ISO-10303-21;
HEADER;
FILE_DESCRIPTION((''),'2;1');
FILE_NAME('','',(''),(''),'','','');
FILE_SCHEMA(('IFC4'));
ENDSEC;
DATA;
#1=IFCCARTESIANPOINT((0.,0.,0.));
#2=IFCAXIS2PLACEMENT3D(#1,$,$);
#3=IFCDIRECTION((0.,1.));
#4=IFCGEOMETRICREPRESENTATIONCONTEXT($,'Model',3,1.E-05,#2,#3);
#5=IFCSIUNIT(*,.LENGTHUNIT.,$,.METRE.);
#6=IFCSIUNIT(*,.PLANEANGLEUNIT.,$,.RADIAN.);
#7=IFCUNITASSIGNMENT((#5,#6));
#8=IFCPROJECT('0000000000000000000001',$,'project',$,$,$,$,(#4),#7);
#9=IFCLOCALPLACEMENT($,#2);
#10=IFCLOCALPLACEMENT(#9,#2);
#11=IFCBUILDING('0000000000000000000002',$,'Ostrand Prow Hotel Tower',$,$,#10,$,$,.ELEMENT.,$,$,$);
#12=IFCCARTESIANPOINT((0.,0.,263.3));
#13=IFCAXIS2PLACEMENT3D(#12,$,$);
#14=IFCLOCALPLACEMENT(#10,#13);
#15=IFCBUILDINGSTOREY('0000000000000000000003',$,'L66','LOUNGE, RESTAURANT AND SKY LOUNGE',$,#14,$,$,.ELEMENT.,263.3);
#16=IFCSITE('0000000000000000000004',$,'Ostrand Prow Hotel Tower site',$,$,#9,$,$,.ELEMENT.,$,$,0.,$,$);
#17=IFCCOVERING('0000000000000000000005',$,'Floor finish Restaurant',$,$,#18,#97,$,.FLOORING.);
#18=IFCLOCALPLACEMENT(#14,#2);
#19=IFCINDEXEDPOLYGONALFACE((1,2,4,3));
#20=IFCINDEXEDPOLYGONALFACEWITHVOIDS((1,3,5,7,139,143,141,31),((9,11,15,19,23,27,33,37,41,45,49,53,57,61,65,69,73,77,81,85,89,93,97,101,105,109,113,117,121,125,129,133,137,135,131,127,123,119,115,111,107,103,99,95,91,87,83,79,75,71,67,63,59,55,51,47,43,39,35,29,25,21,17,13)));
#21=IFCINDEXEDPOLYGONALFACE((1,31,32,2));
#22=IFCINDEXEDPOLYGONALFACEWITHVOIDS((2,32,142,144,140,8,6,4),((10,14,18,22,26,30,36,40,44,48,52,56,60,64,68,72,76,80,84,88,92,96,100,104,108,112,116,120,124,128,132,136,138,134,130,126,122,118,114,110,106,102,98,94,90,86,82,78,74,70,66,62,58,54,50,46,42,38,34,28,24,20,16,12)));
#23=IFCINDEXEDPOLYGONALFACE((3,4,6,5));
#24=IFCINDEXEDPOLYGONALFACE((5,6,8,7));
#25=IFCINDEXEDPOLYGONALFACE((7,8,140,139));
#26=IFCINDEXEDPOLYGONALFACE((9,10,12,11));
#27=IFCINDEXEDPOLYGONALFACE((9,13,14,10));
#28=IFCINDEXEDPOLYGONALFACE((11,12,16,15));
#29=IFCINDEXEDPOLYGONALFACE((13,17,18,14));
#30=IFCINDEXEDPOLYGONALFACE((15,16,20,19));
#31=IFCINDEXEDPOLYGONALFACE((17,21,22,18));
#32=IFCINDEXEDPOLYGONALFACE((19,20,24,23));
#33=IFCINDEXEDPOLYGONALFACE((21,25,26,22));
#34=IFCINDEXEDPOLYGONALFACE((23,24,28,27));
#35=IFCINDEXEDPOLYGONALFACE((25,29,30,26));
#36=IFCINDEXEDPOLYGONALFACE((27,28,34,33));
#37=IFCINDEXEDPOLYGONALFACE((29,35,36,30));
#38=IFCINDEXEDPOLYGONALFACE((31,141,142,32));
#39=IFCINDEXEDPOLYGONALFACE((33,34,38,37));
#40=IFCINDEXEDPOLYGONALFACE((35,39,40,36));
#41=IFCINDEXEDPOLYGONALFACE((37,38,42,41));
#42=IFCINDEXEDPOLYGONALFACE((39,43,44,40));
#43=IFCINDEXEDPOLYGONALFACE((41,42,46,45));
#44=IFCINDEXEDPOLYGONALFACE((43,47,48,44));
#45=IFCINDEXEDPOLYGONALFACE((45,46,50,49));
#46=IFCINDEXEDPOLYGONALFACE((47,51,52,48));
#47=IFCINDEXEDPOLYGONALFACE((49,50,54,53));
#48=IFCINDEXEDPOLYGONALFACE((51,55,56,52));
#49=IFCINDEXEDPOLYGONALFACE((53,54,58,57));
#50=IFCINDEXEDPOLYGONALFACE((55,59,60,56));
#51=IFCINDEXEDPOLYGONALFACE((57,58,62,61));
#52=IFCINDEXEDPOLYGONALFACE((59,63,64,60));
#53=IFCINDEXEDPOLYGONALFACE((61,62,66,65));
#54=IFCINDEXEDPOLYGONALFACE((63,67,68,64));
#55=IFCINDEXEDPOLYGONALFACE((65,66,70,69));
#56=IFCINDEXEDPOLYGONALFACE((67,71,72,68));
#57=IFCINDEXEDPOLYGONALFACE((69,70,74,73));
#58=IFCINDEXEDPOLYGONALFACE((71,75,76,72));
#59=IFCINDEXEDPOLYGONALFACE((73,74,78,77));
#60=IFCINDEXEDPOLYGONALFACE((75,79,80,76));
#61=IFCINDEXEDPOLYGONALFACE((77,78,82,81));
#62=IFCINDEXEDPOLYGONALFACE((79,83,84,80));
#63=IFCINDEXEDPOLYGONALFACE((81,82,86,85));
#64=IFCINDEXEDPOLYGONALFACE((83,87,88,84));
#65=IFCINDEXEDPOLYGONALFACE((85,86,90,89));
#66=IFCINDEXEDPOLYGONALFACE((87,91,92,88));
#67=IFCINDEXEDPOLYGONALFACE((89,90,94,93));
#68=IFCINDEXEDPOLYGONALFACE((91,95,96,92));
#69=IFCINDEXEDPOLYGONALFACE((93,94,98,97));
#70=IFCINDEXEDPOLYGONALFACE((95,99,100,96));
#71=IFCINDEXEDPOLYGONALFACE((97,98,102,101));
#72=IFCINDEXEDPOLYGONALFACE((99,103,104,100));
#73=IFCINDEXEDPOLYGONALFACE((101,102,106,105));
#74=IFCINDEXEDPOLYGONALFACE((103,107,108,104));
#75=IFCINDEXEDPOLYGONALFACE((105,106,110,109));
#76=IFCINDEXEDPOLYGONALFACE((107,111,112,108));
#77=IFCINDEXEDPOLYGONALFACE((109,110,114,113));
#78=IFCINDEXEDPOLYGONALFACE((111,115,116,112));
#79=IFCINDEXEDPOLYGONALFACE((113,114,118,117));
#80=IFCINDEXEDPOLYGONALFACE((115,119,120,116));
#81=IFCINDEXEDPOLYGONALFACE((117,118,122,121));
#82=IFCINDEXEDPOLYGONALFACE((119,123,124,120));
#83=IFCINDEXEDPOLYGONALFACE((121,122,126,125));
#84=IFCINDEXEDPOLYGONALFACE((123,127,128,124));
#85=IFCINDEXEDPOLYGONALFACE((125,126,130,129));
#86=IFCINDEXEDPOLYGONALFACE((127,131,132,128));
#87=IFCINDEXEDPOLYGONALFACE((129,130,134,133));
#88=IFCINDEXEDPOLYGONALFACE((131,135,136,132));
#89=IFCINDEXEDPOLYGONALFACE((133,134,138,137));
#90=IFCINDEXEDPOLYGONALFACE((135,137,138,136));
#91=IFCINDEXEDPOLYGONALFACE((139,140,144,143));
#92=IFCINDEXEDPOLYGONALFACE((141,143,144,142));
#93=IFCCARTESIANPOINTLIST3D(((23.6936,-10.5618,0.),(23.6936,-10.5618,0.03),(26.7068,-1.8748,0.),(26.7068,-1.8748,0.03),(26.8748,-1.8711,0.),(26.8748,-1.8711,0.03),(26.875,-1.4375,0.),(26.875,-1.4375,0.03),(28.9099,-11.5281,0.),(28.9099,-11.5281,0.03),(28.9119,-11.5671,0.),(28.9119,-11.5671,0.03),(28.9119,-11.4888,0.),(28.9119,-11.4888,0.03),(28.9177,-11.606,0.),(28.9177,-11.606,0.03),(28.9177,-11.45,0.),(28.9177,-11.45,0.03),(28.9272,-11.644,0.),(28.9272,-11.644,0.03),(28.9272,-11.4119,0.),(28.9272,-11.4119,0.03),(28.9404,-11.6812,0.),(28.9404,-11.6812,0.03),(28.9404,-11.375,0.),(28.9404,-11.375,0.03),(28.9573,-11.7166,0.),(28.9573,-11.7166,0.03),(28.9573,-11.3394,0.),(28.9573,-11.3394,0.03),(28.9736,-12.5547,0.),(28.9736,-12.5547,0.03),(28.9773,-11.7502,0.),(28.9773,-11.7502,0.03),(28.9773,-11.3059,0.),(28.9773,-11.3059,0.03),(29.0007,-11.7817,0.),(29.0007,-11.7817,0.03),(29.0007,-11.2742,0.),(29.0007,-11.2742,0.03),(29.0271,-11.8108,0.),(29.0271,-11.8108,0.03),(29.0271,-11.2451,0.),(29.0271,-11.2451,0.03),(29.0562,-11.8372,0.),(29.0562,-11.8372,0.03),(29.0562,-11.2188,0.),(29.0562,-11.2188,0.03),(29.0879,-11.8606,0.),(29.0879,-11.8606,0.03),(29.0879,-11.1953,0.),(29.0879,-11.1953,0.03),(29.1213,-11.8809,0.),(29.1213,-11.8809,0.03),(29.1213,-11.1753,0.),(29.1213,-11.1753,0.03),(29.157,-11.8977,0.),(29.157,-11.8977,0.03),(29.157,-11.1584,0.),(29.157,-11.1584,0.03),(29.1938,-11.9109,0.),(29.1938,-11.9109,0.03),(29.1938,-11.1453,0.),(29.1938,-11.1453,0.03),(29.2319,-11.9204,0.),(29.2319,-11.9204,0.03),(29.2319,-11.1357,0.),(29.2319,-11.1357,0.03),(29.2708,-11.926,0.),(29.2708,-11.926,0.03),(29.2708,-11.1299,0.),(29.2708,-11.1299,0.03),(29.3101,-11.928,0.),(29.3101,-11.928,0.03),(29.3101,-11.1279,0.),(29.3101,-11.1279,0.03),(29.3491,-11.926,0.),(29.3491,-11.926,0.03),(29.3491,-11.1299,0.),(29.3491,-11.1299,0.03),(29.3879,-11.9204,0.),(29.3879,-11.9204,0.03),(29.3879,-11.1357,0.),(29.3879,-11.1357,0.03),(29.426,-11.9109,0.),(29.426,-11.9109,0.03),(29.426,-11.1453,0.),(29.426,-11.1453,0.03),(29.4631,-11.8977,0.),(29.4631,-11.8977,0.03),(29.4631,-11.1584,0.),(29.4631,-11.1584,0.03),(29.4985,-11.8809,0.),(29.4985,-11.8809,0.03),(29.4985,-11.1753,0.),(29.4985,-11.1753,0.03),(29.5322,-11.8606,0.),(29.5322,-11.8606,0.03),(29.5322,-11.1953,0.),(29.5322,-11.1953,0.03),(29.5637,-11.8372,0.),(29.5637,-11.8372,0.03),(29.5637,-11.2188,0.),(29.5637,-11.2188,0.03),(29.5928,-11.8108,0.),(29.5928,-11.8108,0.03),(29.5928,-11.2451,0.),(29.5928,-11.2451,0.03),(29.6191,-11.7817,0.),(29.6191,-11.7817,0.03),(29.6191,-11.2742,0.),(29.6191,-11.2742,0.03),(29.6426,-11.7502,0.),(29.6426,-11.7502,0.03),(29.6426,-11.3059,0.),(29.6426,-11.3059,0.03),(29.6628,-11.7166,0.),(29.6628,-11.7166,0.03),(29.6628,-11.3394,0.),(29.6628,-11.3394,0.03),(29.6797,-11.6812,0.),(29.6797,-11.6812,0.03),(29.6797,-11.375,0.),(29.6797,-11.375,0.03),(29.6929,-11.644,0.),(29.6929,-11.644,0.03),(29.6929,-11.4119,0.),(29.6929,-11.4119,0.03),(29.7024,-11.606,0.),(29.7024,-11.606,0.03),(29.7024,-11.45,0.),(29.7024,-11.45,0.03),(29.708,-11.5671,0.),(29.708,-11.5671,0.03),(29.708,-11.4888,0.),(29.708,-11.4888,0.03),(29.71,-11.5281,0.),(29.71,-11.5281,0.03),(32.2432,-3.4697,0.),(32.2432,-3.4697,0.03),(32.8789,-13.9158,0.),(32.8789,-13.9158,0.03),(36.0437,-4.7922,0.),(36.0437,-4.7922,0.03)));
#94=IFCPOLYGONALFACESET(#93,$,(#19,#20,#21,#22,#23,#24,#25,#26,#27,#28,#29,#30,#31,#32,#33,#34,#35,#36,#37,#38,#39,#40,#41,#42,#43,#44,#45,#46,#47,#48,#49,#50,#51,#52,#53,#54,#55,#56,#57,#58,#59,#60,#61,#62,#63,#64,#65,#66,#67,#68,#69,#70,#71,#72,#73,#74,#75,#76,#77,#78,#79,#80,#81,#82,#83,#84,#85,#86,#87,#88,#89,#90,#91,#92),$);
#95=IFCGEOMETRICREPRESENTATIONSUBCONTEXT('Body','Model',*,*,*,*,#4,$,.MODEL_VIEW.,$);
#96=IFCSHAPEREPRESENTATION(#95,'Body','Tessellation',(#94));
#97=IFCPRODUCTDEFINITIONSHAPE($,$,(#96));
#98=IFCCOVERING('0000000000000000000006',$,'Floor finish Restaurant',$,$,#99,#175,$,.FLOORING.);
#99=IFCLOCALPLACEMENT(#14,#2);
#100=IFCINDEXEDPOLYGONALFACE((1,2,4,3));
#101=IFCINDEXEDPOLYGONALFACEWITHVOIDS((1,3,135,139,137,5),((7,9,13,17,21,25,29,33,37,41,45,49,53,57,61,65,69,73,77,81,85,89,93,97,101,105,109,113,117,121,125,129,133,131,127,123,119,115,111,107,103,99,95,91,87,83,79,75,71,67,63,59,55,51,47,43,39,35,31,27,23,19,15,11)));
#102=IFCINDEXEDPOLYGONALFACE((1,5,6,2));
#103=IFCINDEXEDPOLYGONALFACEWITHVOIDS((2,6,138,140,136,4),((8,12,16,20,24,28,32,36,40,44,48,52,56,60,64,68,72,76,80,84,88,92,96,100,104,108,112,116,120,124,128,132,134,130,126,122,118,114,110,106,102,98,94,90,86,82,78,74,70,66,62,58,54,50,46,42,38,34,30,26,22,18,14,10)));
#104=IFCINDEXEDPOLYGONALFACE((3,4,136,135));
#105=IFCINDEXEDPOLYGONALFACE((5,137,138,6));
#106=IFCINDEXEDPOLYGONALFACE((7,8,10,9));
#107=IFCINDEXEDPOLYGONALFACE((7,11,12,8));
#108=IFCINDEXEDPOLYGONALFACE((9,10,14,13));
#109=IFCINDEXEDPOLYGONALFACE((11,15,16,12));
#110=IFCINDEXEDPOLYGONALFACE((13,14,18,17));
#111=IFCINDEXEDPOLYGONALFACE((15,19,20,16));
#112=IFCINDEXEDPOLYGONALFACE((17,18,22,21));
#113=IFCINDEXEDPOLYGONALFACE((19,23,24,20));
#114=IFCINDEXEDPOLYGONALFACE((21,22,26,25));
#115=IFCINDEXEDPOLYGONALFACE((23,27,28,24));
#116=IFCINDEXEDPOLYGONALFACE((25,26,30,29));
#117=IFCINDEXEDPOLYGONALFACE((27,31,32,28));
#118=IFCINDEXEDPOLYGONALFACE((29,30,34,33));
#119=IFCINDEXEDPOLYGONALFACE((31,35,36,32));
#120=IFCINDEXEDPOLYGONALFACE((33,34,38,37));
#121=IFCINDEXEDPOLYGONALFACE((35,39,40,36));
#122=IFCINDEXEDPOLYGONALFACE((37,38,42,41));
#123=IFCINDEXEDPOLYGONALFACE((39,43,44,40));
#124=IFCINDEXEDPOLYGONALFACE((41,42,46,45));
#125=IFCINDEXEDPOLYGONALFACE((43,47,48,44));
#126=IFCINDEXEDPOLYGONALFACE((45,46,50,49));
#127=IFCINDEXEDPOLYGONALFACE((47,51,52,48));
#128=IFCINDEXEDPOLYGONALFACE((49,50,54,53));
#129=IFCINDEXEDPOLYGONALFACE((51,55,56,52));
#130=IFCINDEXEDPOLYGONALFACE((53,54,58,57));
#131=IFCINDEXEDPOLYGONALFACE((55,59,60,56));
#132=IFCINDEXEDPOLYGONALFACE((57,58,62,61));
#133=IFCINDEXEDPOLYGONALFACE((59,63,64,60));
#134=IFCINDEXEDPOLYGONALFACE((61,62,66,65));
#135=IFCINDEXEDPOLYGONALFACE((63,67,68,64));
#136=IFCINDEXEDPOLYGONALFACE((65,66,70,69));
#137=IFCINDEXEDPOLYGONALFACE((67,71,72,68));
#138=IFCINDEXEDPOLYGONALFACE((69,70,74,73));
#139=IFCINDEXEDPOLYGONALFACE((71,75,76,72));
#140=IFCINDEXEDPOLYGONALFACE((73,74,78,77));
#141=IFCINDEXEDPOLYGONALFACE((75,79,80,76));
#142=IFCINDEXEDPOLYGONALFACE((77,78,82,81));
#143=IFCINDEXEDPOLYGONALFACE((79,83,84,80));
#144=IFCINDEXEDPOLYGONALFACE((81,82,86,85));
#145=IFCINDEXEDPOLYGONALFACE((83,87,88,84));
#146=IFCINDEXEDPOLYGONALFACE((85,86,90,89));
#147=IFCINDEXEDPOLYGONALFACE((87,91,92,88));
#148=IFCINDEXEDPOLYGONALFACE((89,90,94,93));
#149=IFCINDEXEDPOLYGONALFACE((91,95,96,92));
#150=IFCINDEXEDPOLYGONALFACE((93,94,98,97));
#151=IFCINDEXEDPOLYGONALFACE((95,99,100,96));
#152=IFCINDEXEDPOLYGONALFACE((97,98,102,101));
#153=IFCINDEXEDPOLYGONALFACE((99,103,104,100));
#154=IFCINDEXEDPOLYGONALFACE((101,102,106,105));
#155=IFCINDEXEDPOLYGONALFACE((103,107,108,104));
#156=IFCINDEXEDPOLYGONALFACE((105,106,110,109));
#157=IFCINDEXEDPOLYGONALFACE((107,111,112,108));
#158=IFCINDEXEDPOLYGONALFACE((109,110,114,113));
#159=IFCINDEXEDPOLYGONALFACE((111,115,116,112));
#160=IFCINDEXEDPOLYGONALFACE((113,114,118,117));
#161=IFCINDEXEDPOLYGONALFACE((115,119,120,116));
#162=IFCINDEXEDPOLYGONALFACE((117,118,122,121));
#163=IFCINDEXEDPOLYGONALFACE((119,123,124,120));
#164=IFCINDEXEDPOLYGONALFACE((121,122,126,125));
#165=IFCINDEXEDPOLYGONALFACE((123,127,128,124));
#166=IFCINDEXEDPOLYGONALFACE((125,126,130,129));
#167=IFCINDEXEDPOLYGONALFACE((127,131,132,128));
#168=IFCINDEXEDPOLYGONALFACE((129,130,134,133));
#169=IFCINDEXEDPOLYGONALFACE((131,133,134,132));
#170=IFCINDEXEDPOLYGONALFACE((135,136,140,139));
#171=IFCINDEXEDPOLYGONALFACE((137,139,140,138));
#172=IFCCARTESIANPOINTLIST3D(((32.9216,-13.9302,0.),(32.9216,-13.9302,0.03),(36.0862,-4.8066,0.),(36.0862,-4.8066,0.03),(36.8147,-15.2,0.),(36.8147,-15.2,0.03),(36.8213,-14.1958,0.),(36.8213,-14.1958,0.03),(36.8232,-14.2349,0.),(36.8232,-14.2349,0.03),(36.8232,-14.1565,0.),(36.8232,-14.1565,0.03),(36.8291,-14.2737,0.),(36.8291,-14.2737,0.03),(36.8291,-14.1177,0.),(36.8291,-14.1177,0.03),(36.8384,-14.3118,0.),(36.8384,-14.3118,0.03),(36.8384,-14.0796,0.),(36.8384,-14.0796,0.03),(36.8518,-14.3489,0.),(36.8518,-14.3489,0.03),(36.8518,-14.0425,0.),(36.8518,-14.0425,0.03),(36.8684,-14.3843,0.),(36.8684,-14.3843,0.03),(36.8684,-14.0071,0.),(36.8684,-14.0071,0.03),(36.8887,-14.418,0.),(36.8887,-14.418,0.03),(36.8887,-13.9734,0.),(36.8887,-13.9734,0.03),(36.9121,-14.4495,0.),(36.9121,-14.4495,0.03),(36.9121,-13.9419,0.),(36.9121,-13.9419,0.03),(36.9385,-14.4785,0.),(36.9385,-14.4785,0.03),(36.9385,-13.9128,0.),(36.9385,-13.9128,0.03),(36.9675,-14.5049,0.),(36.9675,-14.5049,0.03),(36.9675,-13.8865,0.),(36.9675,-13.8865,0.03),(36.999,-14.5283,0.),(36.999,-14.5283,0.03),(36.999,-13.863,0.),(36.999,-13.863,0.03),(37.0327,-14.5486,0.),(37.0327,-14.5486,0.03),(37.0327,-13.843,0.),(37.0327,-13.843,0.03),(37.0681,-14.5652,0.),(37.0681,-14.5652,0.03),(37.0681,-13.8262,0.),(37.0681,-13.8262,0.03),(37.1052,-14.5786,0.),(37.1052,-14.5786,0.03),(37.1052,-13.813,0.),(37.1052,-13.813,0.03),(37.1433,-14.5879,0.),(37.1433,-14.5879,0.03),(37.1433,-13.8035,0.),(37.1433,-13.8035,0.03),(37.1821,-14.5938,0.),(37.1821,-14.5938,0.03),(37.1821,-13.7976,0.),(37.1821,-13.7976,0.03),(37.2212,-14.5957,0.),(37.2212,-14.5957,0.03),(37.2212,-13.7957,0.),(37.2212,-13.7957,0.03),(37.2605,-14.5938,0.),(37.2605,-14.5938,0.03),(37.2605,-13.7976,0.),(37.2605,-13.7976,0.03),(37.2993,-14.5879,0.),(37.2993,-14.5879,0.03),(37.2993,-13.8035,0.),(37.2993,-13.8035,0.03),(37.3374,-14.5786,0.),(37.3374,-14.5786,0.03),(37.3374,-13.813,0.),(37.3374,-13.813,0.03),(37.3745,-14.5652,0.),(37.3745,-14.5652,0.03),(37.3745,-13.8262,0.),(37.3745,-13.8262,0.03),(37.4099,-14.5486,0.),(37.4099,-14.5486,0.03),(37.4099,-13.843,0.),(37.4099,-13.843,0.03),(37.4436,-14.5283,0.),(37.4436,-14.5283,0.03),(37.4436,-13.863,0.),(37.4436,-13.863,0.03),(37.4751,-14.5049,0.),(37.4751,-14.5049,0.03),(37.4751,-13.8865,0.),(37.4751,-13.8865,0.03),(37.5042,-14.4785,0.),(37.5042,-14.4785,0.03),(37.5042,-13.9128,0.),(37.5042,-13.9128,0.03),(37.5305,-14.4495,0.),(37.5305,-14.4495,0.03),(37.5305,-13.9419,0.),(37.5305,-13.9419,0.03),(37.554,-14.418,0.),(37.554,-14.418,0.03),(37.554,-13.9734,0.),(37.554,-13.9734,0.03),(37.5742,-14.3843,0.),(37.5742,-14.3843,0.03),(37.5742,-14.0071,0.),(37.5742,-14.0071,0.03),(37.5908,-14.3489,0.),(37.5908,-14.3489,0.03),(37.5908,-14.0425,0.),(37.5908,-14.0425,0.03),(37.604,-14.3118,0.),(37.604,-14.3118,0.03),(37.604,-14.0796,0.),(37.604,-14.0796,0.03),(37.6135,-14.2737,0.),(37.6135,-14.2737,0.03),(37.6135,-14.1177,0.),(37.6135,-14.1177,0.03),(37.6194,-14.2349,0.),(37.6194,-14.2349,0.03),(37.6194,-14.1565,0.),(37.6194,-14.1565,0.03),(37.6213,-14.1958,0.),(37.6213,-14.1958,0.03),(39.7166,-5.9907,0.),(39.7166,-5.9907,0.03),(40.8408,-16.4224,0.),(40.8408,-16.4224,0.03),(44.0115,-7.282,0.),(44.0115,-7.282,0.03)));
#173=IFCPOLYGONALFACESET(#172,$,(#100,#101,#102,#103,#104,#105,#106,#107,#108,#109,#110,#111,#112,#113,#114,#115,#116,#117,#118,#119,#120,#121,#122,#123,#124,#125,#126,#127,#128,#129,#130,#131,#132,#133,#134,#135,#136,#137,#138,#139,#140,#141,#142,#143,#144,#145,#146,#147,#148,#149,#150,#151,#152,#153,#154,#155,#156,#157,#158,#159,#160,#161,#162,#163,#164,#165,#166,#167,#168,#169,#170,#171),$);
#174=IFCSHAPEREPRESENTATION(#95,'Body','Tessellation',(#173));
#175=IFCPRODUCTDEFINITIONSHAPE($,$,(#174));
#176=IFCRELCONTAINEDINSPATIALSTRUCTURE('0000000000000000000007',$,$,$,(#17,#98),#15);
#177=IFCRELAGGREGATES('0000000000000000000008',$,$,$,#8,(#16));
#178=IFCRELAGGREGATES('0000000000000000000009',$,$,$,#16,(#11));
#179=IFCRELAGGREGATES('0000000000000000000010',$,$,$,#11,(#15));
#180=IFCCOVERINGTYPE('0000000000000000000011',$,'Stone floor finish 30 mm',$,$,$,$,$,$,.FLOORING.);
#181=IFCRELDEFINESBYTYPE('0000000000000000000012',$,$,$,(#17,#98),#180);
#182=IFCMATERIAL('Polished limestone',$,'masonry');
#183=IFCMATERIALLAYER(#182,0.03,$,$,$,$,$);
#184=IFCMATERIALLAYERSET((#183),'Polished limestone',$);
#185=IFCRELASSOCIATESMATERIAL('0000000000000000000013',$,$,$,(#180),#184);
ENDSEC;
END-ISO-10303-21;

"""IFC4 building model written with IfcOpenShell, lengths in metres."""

from ifc_helpers import new_model, si_unit, direction, frame, origin, place, context, subcontext, project, spatial, polyline, outline, extrude, material, layer, layer_set, type_object, element, save


model = new_model("IFC4")

# Units and contexts
model_context = context("Model", 3, precision=1e-05, world=origin(), true_north=direction((0.0, 1.0)))
body_context = subcontext(model_context, "Body", "Model", "MODEL_VIEW")
ifc_project = project(units=[si_unit("LENGTHUNIT", "METRE"), si_unit("PLANEANGLEUNIT", "RADIAN")], contexts=[model_context])

# Site, building, storey
site_placement = place(None, origin())
site = spatial("IfcSite", under=ifc_project, at=site_placement, Name="Ostrand Prow Hotel Tower site", CompositionType="ELEMENT", RefElevation=0.0)
building_placement = place(site_placement, origin())
building = spatial("IfcBuilding", under=site, at=building_placement, Name="Ostrand Prow Hotel Tower", CompositionType="ELEMENT")
storey_placement = place(building_placement, frame((0.0, 0.0, 263.3)))
storey = spatial("IfcBuildingStorey", under=building, at=storey_placement, Name="L66", Description="LOUNGE, RESTAURANT AND SKY LOUNGE", CompositionType="ELEMENT", Elevation=263.3)

# Coverings
ifc_material_1 = material(Name="Polished limestone", Category="masonry")
ifc_layer_1 = layer(ifc_material_1, 0.03)
ifc_layer_set_1 = layer_set([ifc_layer_1], Name="Polished limestone")
covering_type_1 = type_object("IfcCoveringType", Name="Stone floor finish 30 mm", PredefinedType="FLOORING", material=ifc_layer_set_1)
covering_1_placement = place(storey_placement, origin())
element("IfcCovering", 1, at=covering_1_placement, inside=storey, type_object=covering_type_1, Name="Floor finish Restaurant", PredefinedType="FLOORING", context=body_context, shape_type="SweptSolid", body=[
    extrude(outline(polyline([(28.9736, -12.5547), (32.8789, -13.9158), (36.0437, -4.7922), (32.2432, -3.4697), (26.875, -1.4375), (26.8748, -1.8711), (26.7068, -1.8748), (23.6936, -10.5618), (28.9736, -12.5547)]), holes=[polyline([(29.6426, -11.7502), (29.6191, -11.7817), (29.5928, -11.8108), (29.5637, -11.8372), (29.5322, -11.8606), (29.4985, -11.8809), (29.4631, -11.8977), (29.426, -11.9109), (29.3879, -11.9204), (29.3491, -11.926), (29.3101, -11.928), (29.2708, -11.926), (29.2319, -11.9204), (29.1938, -11.9109), (29.157, -11.8977), (29.1213, -11.8809), (29.0879, -11.8606), (29.0562, -11.8372), (29.0271, -11.8108), (29.0007, -11.7817), (28.9773, -11.7502), (28.9573, -11.7166), (28.9404, -11.6812), (28.9272, -11.644), (28.9177, -11.606), (28.9119, -11.5671), (28.9099, -11.5281), (28.9119, -11.4888), (28.9177, -11.45), (28.9272, -11.4119), (28.9404, -11.375), (28.9573, -11.3394), (28.9773, -11.3059), (29.0007, -11.2742), (29.0271, -11.2451), (29.0562, -11.2188), (29.0879, -11.1953), (29.1213, -11.1753), (29.157, -11.1584), (29.1938, -11.1453), (29.2319, -11.1357), (29.2708, -11.1299), (29.3101, -11.1279), (29.3491, -11.1299), (29.3879, -11.1357), (29.426, -11.1453), (29.4631, -11.1584), (29.4985, -11.1753), (29.5322, -11.1953), (29.5637, -11.2188), (29.5928, -11.2451), (29.6191, -11.2742), (29.6426, -11.3059), (29.6628, -11.3394), (29.6797, -11.375), (29.6929, -11.4119), (29.7024, -11.45), (29.708, -11.4888), (29.71, -11.5281), (29.708, -11.5671), (29.7024, -11.606), (29.6929, -11.644), (29.6797, -11.6812), (29.6628, -11.7166), (29.6426, -11.7502)])]), origin(), (0.0, 0.0, 1.0), 0.03),
])
covering_2_placement = place(storey_placement, origin())
element("IfcCovering", 2, at=covering_2_placement, inside=storey, type_object=covering_type_1, Name="Floor finish Restaurant", PredefinedType="FLOORING", context=body_context, shape_type="SweptSolid", body=[
    extrude(outline(polyline([(36.8147, -15.2), (40.8408, -16.4224), (44.0115, -7.282), (39.7166, -5.9907), (36.0862, -4.8066), (32.9216, -13.9302), (36.8147, -15.2)]), holes=[polyline([(37.554, -14.418), (37.5305, -14.4495), (37.5042, -14.4785), (37.4751, -14.5049), (37.4436, -14.5283), (37.4099, -14.5486), (37.3745, -14.5652), (37.3374, -14.5786), (37.2993, -14.5879), (37.2605, -14.5938), (37.2212, -14.5957), (37.1821, -14.5938), (37.1433, -14.5879), (37.1052, -14.5786), (37.0681, -14.5652), (37.0327, -14.5486), (36.999, -14.5283), (36.9675, -14.5049), (36.9385, -14.4785), (36.9121, -14.4495), (36.8887, -14.418), (36.8684, -14.3843), (36.8518, -14.3489), (36.8384, -14.3118), (36.8291, -14.2737), (36.8232, -14.2349), (36.8213, -14.1958), (36.8232, -14.1565), (36.8291, -14.1177), (36.8384, -14.0796), (36.8518, -14.0425), (36.8684, -14.0071), (36.8887, -13.9734), (36.9121, -13.9419), (36.9385, -13.9128), (36.9675, -13.8865), (36.999, -13.863), (37.0327, -13.843), (37.0681, -13.8262), (37.1052, -13.813), (37.1433, -13.8035), (37.1821, -13.7976), (37.2212, -13.7957), (37.2605, -13.7976), (37.2993, -13.8035), (37.3374, -13.813), (37.3745, -13.8262), (37.4099, -13.843), (37.4436, -13.863), (37.4751, -13.8865), (37.5042, -13.9128), (37.5305, -13.9419), (37.554, -13.9734), (37.5742, -14.0071), (37.5908, -14.0425), (37.604, -14.0796), (37.6135, -14.1177), (37.6194, -14.1565), (37.6213, -14.1958), (37.6194, -14.2349), (37.6135, -14.2737), (37.604, -14.3118), (37.5908, -14.3489), (37.5742, -14.3843), (37.554, -14.418)])]), origin(), (0.0, 0.0, 1.0), 0.03),
])

save(model, "model.ifc")
